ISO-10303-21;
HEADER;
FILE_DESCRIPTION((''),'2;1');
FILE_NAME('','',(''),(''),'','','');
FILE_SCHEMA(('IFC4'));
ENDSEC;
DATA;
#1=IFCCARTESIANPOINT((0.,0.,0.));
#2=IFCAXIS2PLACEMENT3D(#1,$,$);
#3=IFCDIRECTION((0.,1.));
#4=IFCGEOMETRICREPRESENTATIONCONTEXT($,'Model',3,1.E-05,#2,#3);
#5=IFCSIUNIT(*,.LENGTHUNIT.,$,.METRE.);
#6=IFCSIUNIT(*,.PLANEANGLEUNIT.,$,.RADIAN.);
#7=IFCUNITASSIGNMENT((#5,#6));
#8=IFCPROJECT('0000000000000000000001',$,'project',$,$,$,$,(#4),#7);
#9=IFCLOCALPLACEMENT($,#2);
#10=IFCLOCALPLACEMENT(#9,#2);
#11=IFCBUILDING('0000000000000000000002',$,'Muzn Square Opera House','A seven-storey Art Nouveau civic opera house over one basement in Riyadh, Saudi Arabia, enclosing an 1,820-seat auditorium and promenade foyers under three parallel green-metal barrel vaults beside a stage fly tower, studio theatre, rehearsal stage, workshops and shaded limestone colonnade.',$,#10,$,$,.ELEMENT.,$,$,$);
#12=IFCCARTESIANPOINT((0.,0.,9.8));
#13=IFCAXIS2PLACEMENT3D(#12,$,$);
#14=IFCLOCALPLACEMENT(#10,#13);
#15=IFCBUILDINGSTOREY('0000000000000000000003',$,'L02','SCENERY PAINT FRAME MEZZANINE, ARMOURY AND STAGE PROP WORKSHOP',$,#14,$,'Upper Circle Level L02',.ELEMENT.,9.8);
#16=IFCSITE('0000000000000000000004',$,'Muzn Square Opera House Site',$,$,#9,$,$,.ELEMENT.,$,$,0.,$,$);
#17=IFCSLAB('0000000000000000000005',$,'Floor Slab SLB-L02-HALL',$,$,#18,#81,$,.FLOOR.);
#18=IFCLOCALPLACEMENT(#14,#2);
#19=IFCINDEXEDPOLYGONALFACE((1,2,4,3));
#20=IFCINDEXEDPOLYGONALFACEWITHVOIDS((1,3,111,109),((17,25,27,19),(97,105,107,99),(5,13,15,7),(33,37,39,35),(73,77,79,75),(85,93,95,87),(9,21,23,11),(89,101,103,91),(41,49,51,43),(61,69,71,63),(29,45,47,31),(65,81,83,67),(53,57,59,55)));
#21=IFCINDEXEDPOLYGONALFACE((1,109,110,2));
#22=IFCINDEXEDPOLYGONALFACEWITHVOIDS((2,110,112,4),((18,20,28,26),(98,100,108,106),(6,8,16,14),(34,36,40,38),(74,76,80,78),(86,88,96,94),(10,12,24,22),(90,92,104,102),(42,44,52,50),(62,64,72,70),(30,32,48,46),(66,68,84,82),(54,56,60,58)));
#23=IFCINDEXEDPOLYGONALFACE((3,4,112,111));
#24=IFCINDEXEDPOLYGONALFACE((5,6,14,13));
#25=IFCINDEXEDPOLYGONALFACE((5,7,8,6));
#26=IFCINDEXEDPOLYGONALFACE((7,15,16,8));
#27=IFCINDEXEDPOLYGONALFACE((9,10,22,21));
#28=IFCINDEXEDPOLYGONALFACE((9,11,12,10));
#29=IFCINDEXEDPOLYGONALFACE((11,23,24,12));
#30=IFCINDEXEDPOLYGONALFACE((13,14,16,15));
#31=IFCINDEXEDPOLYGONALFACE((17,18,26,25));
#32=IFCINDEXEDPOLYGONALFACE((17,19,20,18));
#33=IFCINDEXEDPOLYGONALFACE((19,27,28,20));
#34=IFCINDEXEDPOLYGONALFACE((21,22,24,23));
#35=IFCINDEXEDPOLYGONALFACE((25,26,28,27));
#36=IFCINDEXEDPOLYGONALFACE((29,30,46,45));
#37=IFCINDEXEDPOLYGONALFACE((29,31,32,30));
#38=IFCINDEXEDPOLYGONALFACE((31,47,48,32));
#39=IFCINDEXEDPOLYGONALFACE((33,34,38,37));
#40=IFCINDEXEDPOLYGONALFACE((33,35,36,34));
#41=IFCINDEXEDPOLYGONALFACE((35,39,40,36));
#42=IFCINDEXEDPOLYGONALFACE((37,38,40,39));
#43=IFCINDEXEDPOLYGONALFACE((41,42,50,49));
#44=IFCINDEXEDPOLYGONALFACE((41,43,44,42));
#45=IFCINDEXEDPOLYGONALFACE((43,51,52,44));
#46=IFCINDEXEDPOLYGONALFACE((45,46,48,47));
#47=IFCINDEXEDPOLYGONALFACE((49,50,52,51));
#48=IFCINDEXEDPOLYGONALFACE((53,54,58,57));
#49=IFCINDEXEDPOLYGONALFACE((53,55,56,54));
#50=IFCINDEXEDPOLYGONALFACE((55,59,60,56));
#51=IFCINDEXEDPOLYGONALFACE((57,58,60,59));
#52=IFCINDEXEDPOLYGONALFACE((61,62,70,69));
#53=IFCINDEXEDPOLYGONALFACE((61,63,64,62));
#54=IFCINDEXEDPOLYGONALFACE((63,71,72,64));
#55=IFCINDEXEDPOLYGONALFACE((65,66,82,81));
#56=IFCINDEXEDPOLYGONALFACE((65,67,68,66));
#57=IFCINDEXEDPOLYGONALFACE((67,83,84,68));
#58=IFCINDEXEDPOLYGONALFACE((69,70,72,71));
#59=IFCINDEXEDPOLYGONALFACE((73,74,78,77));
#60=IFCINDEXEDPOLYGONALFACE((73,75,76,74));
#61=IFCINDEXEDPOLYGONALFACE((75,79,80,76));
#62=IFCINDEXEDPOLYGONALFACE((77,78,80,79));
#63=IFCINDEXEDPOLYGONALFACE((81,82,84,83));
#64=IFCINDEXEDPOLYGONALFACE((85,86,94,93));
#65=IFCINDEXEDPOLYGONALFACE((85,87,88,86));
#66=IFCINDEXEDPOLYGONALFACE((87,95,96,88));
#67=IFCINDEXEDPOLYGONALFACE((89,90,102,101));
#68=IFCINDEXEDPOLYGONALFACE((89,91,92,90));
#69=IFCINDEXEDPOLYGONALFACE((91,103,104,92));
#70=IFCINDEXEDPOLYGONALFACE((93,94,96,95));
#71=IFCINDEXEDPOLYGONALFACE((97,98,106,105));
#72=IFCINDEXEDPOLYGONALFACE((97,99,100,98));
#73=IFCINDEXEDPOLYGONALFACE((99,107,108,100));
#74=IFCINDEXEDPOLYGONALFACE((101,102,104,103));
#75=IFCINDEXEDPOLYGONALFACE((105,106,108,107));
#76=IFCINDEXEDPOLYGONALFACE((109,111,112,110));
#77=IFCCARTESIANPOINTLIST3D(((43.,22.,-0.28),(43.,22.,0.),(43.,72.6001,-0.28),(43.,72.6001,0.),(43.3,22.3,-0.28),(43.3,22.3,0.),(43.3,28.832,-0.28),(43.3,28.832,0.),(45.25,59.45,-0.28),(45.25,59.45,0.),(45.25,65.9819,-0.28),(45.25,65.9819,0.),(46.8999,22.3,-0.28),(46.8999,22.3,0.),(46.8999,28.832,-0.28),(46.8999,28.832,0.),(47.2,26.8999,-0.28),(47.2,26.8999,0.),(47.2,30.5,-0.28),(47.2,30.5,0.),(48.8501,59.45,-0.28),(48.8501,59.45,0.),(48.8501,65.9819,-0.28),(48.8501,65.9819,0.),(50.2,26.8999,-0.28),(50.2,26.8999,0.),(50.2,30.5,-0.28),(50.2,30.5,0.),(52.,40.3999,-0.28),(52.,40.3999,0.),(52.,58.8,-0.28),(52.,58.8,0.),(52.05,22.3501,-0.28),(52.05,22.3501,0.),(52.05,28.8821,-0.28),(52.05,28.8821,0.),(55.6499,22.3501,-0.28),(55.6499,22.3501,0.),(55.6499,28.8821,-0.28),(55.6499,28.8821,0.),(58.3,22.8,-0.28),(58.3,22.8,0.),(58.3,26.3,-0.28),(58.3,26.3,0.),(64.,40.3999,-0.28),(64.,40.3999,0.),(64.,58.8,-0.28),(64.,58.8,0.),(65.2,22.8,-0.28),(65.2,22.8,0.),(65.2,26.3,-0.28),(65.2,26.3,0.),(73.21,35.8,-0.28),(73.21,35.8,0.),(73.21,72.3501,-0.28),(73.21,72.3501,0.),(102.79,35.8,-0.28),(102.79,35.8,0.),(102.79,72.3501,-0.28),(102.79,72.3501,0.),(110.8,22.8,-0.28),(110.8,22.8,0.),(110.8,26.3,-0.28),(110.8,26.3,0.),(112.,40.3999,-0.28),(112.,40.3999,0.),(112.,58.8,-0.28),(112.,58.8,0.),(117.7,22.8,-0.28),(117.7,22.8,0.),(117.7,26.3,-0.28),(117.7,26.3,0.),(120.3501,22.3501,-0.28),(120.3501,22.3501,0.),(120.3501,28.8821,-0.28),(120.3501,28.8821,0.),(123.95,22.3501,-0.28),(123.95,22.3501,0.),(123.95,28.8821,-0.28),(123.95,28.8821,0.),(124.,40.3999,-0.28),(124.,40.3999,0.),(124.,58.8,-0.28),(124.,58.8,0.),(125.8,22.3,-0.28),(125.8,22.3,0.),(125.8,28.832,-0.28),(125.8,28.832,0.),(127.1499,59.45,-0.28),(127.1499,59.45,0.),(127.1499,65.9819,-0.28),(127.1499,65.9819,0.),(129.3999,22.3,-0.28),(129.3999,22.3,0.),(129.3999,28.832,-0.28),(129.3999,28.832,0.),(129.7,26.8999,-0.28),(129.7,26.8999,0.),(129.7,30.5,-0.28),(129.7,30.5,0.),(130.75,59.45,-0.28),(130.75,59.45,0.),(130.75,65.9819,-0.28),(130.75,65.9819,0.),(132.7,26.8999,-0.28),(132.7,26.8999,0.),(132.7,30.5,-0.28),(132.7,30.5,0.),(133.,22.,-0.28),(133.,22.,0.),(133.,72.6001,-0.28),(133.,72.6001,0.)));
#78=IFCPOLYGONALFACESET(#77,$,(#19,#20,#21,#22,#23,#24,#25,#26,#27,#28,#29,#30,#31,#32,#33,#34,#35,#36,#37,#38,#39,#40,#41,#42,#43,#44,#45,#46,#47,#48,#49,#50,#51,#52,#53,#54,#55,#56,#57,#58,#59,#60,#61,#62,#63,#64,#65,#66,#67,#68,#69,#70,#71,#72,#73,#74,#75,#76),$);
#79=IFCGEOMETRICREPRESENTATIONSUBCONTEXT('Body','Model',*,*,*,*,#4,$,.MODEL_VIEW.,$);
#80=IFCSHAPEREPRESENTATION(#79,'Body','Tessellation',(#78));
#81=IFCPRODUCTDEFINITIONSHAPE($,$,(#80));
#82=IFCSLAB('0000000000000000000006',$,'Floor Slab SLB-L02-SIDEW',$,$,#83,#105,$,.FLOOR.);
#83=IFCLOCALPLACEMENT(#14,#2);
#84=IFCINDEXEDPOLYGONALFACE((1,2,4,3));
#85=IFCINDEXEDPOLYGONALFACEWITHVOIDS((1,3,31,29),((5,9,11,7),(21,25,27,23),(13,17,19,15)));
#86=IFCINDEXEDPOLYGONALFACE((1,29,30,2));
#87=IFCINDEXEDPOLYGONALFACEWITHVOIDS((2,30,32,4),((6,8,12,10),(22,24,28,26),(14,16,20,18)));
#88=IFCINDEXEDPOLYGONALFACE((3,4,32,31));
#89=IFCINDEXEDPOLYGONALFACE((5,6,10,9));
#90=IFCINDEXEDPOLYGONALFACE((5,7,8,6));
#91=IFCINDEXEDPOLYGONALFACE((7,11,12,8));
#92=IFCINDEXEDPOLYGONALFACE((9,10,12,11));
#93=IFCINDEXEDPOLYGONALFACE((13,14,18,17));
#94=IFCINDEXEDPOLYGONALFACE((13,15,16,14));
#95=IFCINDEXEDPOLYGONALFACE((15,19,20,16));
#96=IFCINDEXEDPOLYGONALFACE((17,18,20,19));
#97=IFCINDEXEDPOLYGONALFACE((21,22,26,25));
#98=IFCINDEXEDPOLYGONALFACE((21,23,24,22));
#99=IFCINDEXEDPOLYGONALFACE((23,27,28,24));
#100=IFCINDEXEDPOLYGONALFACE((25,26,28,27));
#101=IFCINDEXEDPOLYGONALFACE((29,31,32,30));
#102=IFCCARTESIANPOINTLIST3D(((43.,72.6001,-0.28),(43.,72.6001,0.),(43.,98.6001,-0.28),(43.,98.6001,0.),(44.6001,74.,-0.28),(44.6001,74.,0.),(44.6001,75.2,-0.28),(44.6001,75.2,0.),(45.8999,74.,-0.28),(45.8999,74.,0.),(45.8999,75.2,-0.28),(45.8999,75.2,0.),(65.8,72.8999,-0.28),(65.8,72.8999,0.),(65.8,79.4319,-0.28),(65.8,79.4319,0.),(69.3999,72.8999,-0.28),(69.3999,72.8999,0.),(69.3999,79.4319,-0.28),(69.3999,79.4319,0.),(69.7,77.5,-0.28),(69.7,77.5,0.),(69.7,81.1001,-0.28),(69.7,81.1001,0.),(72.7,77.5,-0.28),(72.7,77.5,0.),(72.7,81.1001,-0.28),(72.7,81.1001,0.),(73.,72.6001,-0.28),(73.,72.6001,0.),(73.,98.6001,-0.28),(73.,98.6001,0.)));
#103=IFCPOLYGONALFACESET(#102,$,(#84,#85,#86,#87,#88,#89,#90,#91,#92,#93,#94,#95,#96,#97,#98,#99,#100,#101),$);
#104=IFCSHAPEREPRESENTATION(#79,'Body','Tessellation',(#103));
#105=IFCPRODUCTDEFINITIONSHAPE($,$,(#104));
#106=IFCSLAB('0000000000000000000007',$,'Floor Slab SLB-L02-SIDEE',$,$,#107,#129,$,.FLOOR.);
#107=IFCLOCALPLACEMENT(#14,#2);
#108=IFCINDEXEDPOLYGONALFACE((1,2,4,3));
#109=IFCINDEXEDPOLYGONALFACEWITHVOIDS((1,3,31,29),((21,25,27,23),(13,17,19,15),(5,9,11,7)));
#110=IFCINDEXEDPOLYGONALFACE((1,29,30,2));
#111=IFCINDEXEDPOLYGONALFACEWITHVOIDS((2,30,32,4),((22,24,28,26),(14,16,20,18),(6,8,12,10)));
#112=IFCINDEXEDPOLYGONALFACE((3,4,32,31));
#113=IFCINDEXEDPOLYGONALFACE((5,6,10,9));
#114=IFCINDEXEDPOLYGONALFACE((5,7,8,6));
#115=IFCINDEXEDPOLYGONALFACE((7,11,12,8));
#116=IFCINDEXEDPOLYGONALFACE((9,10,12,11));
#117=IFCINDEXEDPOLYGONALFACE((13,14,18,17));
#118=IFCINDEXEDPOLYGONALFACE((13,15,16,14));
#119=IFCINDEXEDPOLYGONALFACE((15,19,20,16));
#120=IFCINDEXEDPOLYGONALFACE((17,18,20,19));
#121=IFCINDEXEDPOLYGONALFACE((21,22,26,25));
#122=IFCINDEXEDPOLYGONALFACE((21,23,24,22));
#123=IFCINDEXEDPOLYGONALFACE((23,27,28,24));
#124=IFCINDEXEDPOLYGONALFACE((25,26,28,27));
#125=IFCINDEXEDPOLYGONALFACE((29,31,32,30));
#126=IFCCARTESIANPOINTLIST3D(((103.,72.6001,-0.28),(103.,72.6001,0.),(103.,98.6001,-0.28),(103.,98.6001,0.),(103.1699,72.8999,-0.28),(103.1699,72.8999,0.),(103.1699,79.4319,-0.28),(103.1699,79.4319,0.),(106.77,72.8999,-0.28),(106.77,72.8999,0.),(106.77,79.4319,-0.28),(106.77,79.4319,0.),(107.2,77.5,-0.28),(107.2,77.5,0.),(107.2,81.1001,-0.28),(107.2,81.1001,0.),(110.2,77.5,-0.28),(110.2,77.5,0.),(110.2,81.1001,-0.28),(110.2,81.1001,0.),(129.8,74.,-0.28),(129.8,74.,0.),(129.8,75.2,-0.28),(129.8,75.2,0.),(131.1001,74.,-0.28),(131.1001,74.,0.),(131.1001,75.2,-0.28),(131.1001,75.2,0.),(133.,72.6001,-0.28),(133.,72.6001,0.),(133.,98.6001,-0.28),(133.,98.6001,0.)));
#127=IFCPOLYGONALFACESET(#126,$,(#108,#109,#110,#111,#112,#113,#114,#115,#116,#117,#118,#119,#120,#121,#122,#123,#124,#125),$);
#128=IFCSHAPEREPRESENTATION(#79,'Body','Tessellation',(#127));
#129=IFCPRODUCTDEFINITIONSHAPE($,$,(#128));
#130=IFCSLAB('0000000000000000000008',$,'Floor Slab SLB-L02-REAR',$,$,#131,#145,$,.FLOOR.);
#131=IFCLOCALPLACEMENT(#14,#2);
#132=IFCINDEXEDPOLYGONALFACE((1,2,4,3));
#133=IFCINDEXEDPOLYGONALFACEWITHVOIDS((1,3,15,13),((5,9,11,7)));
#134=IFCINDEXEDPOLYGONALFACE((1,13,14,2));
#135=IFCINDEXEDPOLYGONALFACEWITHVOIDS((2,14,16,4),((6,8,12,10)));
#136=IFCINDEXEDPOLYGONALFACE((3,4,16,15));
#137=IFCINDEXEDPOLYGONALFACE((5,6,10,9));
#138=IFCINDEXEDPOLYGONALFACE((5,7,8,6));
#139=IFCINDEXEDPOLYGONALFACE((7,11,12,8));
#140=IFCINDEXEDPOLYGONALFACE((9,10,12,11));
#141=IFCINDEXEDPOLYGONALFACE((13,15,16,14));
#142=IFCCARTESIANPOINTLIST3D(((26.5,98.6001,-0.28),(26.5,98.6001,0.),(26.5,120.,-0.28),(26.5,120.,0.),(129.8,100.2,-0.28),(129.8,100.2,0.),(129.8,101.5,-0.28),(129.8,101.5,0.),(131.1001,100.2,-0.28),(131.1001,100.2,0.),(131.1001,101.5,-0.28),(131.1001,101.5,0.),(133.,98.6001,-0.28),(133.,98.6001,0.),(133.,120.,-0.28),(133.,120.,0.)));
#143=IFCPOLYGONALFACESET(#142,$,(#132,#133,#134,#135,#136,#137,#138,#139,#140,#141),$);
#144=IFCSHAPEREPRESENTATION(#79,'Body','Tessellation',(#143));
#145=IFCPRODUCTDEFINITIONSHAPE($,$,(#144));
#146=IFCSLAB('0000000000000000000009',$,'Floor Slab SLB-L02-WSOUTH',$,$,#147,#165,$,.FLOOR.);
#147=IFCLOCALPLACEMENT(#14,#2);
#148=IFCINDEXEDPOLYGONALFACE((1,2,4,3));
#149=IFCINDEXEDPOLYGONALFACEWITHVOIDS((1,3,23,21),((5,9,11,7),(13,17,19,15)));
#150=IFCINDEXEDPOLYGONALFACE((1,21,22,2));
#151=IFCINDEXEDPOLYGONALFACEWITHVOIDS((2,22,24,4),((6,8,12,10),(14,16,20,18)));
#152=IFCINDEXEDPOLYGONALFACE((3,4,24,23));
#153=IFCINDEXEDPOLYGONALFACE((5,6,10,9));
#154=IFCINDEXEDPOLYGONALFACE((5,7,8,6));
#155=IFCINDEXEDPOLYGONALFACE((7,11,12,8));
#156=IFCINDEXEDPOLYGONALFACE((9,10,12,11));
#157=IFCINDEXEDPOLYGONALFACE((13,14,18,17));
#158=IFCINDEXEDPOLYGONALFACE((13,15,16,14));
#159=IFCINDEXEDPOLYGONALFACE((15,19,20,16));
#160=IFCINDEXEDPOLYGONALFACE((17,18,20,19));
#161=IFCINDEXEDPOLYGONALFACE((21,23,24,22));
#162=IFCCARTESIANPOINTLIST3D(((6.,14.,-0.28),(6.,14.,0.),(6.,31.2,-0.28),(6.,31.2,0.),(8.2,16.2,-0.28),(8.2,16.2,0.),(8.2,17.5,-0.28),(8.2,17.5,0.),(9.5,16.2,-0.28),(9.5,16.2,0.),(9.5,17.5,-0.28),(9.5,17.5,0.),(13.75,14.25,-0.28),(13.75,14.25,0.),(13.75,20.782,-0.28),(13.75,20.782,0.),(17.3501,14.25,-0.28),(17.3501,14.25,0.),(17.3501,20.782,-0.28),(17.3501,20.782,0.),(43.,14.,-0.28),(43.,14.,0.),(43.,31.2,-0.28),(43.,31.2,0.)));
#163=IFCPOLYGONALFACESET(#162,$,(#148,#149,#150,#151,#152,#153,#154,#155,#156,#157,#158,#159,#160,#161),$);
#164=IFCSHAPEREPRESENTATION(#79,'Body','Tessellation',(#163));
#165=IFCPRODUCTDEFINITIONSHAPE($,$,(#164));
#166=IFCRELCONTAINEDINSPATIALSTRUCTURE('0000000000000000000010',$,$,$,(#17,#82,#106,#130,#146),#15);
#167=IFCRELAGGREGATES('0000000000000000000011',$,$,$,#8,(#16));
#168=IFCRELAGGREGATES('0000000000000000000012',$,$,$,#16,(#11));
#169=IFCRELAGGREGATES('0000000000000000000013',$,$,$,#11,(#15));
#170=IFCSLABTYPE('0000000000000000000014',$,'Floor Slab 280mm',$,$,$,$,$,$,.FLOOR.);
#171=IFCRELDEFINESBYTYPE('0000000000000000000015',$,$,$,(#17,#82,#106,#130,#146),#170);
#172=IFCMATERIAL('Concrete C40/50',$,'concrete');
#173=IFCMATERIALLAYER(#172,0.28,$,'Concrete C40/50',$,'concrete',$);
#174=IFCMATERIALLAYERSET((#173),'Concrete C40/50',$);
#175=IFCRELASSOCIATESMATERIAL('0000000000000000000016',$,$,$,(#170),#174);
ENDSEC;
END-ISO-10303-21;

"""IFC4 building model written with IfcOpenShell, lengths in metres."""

from ifc_helpers import new_model, si_unit, direction, frame, origin, place, context, subcontext, project, spatial, polyline, outline, extrude, material, layer, layer_set, type_object, element, save


model = new_model("IFC4")

# Units and contexts
model_context = context("Model", 3, precision=1e-05, world=origin(), true_north=direction((0.0, 1.0)))
body_context = subcontext(model_context, "Body", "Model", "MODEL_VIEW")
ifc_project = project(units=[si_unit("LENGTHUNIT", "METRE"), si_unit("PLANEANGLEUNIT", "RADIAN")], contexts=[model_context])

# Site, building, storey
site_placement = place(None, origin())
site = spatial("IfcSite", under=ifc_project, at=site_placement, Name="Muzn Square Opera House Site", CompositionType="ELEMENT", RefElevation=0.0)
building_placement = place(site_placement, origin())
building = spatial("IfcBuilding", under=site, at=building_placement, Name="Muzn Square Opera House", Description="A seven-storey Art Nouveau civic opera house over one basement in Riyadh, Saudi Arabia, enclosing an 1,820-seat auditorium and promenade foyers under three parallel green-metal barrel vaults beside a stage fly tower, studio theatre, rehearsal stage, workshops and shaded limestone colonnade.", CompositionType="ELEMENT")
storey_placement = place(building_placement, frame((0.0, 0.0, 9.8)))
storey = spatial("IfcBuildingStorey", under=building, at=storey_placement, Name="L02", Description="SCENERY PAINT FRAME MEZZANINE, ARMOURY AND STAGE PROP WORKSHOP", LongName="Upper Circle Level L02", CompositionType="ELEMENT", Elevation=9.8)

# Slabs
ifc_material_1 = material(Name="Concrete C40/50", Category="concrete")
ifc_layer_1 = layer(ifc_material_1, 0.28, Name="Concrete C40/50", Category="concrete")
ifc_layer_set_1 = layer_set([ifc_layer_1], Name="Concrete C40/50")
slab_type_1 = type_object("IfcSlabType", Name="Floor Slab 280mm", PredefinedType="FLOOR", material=ifc_layer_set_1)
slab_1_placement = place(storey_placement, frame((0.0, 0.0, -0.28)))
element("IfcSlab", 1, at=slab_1_placement, inside=storey, type_object=slab_type_1, Name="Floor Slab SLB-L02-HALL", PredefinedType="FLOOR", context=body_context, shape_type="SweptSolid", body=[
    extrude(outline(polyline([(43.0, 22.0), (133.0, 22.0), (133.0, 72.6001), (43.0, 72.6001), (43.0, 22.0)]), holes=[polyline([(73.21, 35.8), (102.79, 35.8), (102.79, 72.3501), (73.21, 72.3501), (73.21, 35.8)]), polyline([(52.0, 40.3999), (64.0, 40.3999), (64.0, 58.8), (52.0, 58.8), (52.0, 40.3999)]), polyline([(112.0, 40.3999), (124.0, 40.3999), (124.0, 58.8), (112.0, 58.8), (112.0, 40.3999)]), polyline([(43.3, 22.3), (46.8999, 22.3), (46.8999, 28.832), (43.3, 28.832), (43.3, 22.3)]), polyline([(47.2, 26.8999), (50.2, 26.8999), (50.2, 30.5), (47.2, 30.5), (47.2, 26.8999)]), polyline([(125.8, 22.3), (129.3999, 22.3), (129.3999, 28.832), (125.8, 28.832), (125.8, 22.3)]), polyline([(129.7, 26.8999), (132.7, 26.8999), (132.7, 30.5), (129.7, 30.5), (129.7, 26.8999)]), polyline([(58.3, 22.8), (65.2, 22.8), (65.2, 26.3), (58.3, 26.3), (58.3, 22.8)]), polyline([(110.8, 22.8), (117.7, 22.8), (117.7, 26.3), (110.8, 26.3), (110.8, 22.8)]), polyline([(45.25, 59.45), (48.8501, 59.45), (48.8501, 65.9819), (45.25, 65.9819), (45.25, 59.45)]), polyline([(127.1499, 59.45), (130.75, 59.45), (130.75, 65.9819), (127.1499, 65.9819), (127.1499, 59.45)]), polyline([(52.05, 22.3501), (55.6499, 22.3501), (55.6499, 28.8821), (52.05, 28.8821), (52.05, 22.3501)]), polyline([(120.3501, 22.3501), (123.95, 22.3501), (123.95, 28.8821), (120.3501, 28.8821), (120.3501, 22.3501)])]), origin(), (0.0, 0.0, 1.0), 0.28),
])
slab_2_placement = place(storey_placement, frame((0.0, 0.0, -0.28)))
element("IfcSlab", 2, at=slab_2_placement, inside=storey, type_object=slab_type_1, Name="Floor Slab SLB-L02-SIDEW", PredefinedType="FLOOR", context=body_context, shape_type="SweptSolid", body=[
    extrude(outline(polyline([(43.0, 72.6001), (73.0, 72.6001), (73.0, 98.6001), (43.0, 98.6001), (43.0, 72.6001)]), holes=[polyline([(65.8, 72.8999), (69.3999, 72.8999), (69.3999, 79.4319), (65.8, 79.4319), (65.8, 72.8999)]), polyline([(69.7, 77.5), (72.7, 77.5), (72.7, 81.1001), (69.7, 81.1001), (69.7, 77.5)]), polyline([(44.6001, 74.0), (45.8999, 74.0), (45.8999, 75.2), (44.6001, 75.2), (44.6001, 74.0)])]), origin(), (0.0, 0.0, 1.0), 0.28),
])
slab_3_placement = place(storey_placement, frame((0.0, 0.0, -0.28)))
element("IfcSlab", 3, at=slab_3_placement, inside=storey, type_object=slab_type_1, Name="Floor Slab SLB-L02-SIDEE", PredefinedType="FLOOR", context=body_context, shape_type="SweptSolid", body=[
    extrude(outline(polyline([(103.0, 72.6001), (133.0, 72.6001), (133.0, 98.6001), (103.0, 98.6001), (103.0, 72.6001)]), holes=[polyline([(103.1699, 72.8999), (106.77, 72.8999), (106.77, 79.4319), (103.1699, 79.4319), (103.1699, 72.8999)]), polyline([(107.2, 77.5), (110.2, 77.5), (110.2, 81.1001), (107.2, 81.1001), (107.2, 77.5)]), polyline([(129.8, 74.0), (131.1001, 74.0), (131.1001, 75.2), (129.8, 75.2), (129.8, 74.0)])]), origin(), (0.0, 0.0, 1.0), 0.28),
])
slab_4_placement = place(storey_placement, frame((0.0, 0.0, -0.28)))
element("IfcSlab", 4, at=slab_4_placement, inside=storey, type_object=slab_type_1, Name="Floor Slab SLB-L02-REAR", PredefinedType="FLOOR", context=body_context, shape_type="SweptSolid", body=[
    extrude(outline(polyline([(26.5, 98.6001), (133.0, 98.6001), (133.0, 120.0), (26.5, 120.0), (26.5, 98.6001)]), holes=[polyline([(129.8, 100.2), (131.1001, 100.2), (131.1001, 101.5), (129.8, 101.5), (129.8, 100.2)])]), origin(), (0.0, 0.0, 1.0), 0.28),
])
slab_5_placement = place(storey_placement, frame((0.0, 0.0, -0.28)))
element("IfcSlab", 5, at=slab_5_placement, inside=storey, type_object=slab_type_1, Name="Floor Slab SLB-L02-WSOUTH", PredefinedType="FLOOR", context=body_context, shape_type="SweptSolid", body=[
    extrude(outline(polyline([(6.0, 14.0), (43.0, 14.0), (43.0, 31.2), (6.0, 31.2), (6.0, 14.0)]), holes=[polyline([(13.75, 14.25), (17.3501, 14.25), (17.3501, 20.782), (13.75, 20.782), (13.75, 14.25)]), polyline([(8.2, 16.2), (9.5, 16.2), (9.5, 17.5), (8.2, 17.5), (8.2, 16.2)])]), origin(), (0.0, 0.0, 1.0), 0.28),
])

save(model, "model.ifc")
